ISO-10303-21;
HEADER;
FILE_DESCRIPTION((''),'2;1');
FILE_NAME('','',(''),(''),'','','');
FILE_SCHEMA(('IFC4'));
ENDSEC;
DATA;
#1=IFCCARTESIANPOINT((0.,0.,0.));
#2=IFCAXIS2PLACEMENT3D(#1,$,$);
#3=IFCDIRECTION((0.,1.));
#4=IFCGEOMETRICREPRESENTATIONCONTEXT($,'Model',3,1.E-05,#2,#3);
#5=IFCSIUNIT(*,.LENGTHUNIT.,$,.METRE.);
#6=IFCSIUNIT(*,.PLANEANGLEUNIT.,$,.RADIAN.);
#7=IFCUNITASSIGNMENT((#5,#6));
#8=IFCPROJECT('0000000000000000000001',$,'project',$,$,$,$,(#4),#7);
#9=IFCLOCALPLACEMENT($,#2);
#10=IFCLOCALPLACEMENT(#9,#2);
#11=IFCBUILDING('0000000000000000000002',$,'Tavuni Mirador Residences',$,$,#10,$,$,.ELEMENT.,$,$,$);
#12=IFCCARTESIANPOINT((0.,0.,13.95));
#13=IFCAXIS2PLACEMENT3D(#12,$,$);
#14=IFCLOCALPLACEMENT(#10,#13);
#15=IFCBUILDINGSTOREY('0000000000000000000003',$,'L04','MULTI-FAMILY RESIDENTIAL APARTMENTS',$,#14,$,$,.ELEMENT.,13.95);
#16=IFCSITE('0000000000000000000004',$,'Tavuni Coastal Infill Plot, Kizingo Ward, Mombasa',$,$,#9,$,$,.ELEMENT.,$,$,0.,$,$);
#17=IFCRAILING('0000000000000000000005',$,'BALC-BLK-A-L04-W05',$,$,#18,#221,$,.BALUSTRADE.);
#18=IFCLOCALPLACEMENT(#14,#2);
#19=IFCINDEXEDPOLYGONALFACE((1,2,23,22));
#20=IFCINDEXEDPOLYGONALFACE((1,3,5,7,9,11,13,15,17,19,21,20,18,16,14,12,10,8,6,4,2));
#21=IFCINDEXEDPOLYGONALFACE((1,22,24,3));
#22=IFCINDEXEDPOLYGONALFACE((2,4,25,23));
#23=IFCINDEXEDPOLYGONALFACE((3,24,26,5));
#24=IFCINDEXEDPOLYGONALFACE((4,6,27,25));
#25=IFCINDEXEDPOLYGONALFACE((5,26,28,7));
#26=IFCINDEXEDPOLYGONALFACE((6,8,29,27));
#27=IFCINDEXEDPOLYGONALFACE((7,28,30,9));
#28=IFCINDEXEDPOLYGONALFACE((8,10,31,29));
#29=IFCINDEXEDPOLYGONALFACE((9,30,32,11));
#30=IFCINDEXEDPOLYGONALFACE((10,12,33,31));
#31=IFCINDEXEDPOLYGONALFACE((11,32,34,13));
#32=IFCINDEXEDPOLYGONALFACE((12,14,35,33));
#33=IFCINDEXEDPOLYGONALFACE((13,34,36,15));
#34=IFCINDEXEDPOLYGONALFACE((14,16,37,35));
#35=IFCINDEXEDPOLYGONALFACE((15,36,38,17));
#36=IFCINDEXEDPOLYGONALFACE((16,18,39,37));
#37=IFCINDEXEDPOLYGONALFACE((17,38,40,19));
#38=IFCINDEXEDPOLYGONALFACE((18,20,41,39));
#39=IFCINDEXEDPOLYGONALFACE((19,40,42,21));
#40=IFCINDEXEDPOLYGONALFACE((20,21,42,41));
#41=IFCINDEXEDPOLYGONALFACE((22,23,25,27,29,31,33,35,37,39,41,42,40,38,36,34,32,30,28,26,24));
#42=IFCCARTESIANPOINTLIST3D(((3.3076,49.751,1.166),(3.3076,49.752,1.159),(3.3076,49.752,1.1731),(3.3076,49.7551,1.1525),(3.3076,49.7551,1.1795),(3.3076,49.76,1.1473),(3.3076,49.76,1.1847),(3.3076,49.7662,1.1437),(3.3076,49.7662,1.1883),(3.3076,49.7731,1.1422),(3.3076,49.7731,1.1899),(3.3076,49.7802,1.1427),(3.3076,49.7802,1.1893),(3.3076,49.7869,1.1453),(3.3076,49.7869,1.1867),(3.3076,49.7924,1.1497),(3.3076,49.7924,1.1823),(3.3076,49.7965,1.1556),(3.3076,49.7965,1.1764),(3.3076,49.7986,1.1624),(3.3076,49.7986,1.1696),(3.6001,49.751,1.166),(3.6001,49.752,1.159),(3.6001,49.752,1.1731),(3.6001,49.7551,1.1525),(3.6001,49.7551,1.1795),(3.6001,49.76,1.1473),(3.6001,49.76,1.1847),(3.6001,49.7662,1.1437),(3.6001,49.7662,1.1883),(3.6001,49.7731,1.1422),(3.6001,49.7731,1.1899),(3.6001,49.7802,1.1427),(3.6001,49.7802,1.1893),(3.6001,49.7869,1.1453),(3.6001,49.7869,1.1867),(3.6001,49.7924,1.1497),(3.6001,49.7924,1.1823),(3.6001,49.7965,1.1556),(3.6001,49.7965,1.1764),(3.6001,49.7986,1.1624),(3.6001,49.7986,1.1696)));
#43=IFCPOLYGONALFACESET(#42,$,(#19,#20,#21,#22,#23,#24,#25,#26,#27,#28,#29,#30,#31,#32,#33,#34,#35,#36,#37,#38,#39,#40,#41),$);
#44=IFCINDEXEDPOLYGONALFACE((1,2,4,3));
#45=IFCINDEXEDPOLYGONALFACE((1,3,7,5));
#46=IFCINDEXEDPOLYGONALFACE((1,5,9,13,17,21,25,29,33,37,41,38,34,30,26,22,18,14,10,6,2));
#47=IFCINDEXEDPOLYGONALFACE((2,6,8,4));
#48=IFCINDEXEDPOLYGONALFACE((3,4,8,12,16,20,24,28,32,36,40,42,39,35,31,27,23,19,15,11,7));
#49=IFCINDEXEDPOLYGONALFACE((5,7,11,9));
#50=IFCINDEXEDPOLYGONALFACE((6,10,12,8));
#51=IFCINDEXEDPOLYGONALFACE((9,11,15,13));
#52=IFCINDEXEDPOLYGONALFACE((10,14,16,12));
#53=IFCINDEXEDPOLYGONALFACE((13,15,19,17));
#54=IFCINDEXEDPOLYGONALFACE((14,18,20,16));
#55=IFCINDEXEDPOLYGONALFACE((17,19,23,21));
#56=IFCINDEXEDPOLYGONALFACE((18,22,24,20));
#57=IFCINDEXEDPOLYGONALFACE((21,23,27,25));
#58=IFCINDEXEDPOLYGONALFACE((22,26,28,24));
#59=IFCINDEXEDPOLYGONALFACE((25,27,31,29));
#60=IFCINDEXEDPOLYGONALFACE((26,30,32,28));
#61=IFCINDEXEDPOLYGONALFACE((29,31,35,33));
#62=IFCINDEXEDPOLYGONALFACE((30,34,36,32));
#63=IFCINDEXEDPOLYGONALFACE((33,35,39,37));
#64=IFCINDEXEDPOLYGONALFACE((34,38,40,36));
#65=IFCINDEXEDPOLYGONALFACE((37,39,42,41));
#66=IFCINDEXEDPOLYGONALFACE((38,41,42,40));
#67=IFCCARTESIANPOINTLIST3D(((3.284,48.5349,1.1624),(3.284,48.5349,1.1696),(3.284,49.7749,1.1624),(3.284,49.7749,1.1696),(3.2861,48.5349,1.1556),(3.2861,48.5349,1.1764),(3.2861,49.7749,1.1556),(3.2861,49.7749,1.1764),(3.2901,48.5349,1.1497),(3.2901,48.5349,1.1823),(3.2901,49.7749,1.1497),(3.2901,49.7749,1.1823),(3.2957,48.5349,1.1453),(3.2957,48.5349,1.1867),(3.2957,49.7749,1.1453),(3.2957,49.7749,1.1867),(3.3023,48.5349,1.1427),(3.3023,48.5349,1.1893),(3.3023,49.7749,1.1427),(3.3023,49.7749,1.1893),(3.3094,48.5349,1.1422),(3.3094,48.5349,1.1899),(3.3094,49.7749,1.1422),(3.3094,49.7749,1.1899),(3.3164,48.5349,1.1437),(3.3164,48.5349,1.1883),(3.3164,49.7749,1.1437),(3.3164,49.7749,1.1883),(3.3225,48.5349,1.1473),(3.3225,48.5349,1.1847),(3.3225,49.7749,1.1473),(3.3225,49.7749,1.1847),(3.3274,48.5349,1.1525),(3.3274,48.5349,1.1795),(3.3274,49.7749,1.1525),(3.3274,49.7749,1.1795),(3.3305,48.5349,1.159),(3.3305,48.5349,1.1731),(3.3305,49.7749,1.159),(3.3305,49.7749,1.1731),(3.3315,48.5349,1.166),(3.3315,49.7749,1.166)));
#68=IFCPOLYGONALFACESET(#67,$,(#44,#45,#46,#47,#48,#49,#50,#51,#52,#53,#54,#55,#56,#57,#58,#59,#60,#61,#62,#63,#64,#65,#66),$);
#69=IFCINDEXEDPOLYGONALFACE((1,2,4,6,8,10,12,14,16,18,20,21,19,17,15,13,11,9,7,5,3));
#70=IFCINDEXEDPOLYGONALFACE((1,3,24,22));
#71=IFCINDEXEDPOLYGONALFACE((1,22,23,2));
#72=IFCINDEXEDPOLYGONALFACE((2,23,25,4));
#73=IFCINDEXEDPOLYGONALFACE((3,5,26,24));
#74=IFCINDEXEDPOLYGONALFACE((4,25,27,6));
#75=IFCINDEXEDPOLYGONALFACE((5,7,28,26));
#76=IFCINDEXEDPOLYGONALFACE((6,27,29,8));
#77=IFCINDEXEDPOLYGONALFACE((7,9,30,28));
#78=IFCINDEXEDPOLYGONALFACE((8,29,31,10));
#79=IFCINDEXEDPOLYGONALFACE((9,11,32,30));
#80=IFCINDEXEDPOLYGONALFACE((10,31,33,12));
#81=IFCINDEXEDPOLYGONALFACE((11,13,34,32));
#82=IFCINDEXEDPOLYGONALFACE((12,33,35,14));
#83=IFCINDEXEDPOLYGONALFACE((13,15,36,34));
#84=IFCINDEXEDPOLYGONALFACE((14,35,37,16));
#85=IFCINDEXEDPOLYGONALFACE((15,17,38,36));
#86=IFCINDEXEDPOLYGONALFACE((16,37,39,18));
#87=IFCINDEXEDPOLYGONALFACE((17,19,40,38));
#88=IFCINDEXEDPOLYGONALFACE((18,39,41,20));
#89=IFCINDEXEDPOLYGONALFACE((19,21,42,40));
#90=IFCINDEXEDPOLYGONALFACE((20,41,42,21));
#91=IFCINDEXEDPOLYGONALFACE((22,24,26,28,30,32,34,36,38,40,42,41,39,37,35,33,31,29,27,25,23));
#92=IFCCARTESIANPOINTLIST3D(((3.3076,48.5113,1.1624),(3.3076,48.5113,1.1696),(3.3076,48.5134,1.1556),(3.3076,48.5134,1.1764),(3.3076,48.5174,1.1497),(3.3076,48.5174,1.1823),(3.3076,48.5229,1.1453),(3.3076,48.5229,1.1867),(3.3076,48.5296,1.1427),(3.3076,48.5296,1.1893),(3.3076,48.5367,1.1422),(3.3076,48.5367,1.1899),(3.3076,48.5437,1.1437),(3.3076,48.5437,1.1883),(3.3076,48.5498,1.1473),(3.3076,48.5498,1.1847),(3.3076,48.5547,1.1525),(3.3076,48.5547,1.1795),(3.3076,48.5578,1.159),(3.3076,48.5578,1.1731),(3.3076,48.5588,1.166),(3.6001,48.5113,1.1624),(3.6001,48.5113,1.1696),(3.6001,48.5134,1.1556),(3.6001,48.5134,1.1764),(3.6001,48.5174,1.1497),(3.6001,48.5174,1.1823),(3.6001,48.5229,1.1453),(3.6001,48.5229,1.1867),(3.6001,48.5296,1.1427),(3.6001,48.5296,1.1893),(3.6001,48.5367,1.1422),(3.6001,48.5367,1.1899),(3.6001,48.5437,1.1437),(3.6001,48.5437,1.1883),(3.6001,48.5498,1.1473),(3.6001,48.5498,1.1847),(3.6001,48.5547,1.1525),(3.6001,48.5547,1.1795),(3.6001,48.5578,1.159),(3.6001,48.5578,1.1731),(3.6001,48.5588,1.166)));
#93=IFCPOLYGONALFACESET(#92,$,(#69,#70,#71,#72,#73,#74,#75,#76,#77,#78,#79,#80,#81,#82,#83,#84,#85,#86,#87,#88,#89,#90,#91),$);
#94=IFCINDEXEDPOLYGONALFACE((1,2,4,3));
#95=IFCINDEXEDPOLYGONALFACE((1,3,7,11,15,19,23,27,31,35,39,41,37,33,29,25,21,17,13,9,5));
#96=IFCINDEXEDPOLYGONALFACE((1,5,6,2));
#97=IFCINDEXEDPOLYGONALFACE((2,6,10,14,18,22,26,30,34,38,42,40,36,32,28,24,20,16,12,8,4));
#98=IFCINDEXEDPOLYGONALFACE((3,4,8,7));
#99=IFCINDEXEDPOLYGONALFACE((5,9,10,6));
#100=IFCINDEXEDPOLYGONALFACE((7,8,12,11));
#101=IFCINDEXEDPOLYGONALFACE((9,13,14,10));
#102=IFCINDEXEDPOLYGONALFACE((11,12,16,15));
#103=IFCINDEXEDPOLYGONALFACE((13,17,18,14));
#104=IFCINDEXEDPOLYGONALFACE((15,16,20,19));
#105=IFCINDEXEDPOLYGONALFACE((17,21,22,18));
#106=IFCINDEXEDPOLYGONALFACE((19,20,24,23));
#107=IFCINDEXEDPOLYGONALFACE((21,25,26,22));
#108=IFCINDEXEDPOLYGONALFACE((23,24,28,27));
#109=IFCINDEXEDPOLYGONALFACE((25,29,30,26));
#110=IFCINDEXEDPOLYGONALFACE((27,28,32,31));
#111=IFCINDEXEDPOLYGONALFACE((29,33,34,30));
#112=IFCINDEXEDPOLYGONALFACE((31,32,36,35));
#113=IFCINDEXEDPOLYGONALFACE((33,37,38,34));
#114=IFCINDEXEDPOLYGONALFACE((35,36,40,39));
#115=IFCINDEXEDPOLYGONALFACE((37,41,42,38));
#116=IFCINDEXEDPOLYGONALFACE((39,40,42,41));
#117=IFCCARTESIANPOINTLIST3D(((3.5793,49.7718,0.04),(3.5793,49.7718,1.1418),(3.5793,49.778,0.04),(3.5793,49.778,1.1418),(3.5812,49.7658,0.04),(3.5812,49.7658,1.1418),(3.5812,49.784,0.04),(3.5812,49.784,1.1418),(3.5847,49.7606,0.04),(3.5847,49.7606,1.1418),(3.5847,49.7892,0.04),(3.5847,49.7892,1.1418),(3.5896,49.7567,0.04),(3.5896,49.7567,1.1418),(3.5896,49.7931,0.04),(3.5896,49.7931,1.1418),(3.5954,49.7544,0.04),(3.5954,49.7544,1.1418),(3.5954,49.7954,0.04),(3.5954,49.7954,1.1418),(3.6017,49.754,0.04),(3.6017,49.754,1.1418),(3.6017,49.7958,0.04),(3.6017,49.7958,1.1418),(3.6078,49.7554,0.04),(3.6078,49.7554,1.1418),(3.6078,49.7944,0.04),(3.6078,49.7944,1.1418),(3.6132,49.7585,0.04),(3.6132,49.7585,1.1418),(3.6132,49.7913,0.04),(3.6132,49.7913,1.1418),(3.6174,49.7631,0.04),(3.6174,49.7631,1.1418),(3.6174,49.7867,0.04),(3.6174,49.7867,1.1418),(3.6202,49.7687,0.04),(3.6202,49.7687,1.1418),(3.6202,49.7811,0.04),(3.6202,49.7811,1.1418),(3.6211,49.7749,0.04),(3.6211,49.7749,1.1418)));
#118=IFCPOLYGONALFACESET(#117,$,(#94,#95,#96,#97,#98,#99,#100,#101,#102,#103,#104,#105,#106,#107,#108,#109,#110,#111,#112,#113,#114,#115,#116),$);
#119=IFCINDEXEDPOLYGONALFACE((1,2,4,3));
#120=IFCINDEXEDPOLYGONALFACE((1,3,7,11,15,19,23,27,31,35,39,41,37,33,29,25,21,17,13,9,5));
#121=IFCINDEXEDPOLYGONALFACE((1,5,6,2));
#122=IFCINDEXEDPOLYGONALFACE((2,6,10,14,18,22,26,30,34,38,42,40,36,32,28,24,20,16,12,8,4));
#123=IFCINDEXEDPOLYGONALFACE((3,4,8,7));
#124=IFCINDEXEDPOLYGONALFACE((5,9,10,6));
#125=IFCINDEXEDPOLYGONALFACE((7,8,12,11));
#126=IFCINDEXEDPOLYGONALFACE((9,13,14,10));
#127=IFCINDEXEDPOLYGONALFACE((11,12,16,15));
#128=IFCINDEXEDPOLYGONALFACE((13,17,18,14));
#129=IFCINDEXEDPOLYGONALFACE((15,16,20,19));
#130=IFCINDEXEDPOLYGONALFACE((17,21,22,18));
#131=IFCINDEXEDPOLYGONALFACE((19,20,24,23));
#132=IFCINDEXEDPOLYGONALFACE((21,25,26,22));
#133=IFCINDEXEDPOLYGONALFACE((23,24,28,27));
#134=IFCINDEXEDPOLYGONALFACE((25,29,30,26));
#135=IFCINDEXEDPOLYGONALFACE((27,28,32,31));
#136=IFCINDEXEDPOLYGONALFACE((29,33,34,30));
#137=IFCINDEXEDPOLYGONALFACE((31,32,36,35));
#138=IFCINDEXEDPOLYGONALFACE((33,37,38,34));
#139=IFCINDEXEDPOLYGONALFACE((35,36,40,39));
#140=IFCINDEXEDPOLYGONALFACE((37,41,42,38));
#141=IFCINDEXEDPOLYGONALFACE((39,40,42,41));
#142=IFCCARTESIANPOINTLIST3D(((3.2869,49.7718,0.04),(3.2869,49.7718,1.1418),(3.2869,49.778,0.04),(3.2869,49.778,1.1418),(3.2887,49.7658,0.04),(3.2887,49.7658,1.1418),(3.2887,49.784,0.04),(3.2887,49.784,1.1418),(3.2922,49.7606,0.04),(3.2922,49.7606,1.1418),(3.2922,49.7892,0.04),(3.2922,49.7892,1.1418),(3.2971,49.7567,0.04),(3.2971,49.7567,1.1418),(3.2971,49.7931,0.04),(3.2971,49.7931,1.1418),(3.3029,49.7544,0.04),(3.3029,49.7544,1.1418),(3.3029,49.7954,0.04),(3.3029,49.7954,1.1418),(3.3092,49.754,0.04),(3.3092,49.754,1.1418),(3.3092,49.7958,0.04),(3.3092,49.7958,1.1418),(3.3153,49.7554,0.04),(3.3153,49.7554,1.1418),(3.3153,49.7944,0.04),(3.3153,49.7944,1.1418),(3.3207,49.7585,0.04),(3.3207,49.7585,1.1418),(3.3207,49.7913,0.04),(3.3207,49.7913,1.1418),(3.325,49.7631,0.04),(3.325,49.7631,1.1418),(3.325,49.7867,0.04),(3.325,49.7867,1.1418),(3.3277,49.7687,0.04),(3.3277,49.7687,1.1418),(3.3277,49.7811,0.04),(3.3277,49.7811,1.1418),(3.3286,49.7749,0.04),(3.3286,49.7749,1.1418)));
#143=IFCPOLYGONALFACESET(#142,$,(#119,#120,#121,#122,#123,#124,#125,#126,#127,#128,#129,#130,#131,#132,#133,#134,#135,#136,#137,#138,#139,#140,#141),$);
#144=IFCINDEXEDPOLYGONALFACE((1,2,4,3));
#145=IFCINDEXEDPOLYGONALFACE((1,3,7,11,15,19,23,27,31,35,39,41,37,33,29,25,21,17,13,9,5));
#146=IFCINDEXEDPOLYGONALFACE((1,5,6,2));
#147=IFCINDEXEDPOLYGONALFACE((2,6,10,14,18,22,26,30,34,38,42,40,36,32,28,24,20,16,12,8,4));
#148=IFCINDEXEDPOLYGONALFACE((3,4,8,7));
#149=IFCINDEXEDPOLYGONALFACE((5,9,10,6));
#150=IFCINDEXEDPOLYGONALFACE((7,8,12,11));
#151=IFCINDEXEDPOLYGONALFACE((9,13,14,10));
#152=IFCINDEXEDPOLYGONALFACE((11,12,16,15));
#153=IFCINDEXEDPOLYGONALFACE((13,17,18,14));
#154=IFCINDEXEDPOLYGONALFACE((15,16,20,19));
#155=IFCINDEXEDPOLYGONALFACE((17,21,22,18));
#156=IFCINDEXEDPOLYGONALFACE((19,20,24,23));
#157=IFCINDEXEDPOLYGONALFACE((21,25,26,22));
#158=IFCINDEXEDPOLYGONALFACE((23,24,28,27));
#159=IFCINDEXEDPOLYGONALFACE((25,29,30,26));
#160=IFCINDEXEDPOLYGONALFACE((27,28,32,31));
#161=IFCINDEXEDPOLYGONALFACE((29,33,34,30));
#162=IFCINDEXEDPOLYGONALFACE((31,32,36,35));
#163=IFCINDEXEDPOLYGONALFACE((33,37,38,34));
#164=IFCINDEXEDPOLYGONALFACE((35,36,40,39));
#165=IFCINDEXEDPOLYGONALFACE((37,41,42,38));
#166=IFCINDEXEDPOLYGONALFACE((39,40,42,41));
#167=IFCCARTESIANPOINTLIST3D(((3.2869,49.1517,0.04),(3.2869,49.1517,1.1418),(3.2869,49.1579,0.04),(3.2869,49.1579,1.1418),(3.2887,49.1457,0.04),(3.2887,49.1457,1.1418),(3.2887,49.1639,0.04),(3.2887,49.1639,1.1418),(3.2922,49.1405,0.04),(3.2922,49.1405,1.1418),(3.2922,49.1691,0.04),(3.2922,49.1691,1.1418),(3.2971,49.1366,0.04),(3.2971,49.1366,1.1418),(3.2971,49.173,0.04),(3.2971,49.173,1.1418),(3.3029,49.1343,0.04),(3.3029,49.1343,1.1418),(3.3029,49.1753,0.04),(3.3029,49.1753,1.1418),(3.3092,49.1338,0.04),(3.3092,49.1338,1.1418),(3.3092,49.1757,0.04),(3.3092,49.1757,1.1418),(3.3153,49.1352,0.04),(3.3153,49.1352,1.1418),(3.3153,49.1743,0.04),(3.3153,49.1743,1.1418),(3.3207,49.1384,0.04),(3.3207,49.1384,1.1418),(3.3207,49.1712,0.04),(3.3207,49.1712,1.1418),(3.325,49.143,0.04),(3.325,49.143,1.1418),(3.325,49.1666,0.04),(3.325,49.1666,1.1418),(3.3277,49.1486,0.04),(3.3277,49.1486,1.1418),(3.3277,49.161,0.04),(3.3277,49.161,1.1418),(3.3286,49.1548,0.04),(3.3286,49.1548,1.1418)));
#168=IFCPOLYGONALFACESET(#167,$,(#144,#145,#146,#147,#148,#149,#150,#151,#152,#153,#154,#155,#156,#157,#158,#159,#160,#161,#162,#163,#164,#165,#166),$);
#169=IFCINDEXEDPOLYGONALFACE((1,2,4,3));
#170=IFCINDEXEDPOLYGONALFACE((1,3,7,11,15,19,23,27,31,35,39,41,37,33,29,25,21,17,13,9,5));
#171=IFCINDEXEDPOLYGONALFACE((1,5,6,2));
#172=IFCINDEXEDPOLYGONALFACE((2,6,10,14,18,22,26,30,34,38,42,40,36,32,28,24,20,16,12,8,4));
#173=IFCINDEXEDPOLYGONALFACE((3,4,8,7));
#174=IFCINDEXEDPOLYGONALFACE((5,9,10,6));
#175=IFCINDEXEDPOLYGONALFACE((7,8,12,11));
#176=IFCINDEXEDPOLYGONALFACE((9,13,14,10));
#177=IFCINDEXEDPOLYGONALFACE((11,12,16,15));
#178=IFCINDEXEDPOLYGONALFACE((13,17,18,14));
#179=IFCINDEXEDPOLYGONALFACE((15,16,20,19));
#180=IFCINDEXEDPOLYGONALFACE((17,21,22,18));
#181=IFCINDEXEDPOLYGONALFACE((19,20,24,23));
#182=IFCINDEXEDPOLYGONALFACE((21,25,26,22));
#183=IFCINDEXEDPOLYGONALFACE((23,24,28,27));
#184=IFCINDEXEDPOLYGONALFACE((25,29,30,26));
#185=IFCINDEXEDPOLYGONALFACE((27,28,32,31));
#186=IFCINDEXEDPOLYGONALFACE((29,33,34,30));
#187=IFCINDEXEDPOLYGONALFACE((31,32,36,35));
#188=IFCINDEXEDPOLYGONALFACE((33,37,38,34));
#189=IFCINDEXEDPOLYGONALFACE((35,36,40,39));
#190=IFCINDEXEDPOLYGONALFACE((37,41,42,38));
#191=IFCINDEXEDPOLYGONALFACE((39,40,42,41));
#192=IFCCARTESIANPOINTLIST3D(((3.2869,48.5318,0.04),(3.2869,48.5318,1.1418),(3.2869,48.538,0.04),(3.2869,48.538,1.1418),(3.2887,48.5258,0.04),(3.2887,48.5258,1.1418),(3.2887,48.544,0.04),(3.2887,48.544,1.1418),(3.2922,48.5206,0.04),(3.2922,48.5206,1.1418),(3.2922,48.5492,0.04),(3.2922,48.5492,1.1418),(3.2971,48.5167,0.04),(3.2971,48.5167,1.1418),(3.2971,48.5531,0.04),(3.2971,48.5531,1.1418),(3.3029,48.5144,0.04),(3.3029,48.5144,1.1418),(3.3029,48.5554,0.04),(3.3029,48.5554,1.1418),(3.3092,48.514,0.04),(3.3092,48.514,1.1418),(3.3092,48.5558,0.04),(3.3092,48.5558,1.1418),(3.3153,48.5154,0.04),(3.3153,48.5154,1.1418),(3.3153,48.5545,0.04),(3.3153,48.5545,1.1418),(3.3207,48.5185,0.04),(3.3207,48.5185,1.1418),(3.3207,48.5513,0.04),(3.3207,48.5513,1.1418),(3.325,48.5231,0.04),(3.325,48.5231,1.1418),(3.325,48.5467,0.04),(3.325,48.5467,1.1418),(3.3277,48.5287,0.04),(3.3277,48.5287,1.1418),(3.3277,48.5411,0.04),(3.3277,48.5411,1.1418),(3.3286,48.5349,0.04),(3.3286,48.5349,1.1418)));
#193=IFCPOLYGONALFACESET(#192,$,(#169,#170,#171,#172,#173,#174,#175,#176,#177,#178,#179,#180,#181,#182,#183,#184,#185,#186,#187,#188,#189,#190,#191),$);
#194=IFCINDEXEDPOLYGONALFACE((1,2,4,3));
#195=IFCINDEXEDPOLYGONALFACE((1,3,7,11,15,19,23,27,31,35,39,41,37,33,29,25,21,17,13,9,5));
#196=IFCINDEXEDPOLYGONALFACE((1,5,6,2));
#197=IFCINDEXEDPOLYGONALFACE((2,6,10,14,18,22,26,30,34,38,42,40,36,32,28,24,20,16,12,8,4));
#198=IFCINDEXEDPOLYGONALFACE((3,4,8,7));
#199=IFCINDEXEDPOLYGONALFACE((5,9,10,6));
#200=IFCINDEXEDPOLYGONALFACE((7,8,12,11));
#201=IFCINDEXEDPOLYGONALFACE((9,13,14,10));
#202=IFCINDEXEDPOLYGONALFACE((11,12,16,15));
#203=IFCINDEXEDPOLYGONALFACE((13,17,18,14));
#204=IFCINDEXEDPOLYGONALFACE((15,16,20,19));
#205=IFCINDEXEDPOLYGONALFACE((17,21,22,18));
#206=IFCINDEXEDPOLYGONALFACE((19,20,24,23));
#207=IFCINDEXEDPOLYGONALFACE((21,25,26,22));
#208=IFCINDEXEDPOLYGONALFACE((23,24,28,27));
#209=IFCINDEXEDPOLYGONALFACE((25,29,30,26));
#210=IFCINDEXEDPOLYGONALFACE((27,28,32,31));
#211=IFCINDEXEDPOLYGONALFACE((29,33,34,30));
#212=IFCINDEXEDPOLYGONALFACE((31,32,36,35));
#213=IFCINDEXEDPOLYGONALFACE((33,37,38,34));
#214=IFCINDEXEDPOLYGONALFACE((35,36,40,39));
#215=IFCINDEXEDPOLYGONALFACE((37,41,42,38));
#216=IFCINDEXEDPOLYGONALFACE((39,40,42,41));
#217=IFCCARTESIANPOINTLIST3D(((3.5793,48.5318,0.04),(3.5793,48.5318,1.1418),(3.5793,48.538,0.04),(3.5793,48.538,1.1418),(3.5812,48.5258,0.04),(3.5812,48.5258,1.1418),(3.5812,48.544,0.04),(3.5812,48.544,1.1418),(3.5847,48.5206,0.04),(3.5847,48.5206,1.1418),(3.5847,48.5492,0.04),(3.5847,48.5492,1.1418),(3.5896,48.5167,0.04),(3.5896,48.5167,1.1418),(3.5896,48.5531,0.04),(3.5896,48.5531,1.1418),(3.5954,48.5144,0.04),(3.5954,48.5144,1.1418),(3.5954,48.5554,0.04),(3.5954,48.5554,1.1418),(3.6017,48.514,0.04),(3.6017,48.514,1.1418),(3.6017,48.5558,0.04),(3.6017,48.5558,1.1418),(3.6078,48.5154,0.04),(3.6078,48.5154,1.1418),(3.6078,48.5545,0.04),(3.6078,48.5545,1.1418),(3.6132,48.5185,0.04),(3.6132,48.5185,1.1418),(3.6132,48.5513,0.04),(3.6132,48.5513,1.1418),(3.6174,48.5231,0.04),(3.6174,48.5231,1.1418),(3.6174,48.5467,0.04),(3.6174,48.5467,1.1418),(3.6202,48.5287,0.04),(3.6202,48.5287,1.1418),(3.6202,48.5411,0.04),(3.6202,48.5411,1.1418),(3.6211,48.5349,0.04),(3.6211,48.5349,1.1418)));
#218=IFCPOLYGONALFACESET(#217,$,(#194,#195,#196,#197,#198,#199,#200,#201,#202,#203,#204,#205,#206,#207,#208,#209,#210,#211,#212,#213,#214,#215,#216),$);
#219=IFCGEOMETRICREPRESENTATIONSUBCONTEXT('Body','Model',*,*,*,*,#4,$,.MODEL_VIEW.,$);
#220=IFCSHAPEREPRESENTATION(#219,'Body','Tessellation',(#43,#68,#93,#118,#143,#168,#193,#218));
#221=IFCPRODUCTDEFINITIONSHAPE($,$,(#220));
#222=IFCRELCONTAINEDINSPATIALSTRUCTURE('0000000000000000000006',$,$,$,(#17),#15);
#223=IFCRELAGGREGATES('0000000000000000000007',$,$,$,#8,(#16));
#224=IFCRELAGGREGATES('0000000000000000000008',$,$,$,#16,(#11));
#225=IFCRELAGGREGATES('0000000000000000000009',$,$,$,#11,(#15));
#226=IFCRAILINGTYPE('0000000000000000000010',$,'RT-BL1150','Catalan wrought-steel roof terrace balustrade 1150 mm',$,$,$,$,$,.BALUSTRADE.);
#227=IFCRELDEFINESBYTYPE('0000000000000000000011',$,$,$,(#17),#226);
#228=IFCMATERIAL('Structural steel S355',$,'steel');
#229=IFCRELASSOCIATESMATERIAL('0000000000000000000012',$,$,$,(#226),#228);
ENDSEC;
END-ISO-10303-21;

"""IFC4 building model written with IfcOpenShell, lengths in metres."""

from ifc_helpers import new_model, si_unit, direction, frame, origin, origin_2d, place, context, subcontext, project, spatial, circle, extrude, material, type_object, element, save


model = new_model("IFC4")

# Units and contexts
model_context = context("Model", 3, precision=1e-05, world=origin(), true_north=direction((0.0, 1.0)))
body_context = subcontext(model_context, "Body", "Model", "MODEL_VIEW")
ifc_project = project(units=[si_unit("LENGTHUNIT", "METRE"), si_unit("PLANEANGLEUNIT", "RADIAN")], contexts=[model_context])

# Site, building, storey
site_placement = place(None, origin())
site = spatial("IfcSite", under=ifc_project, at=site_placement, Name="Tavuni Coastal Infill Plot, Kizingo Ward, Mombasa", CompositionType="ELEMENT", RefElevation=0.0)
building_placement = place(site_placement, origin())
building = spatial("IfcBuilding", under=site, at=building_placement, Name="Tavuni Mirador Residences", CompositionType="ELEMENT")
storey_placement = place(building_placement, frame((0.0, 0.0, 13.95)))
storey = spatial("IfcBuildingStorey", under=building, at=storey_placement, Name="L04", Description="MULTI-FAMILY RESIDENTIAL APARTMENTS", CompositionType="ELEMENT", Elevation=13.95)

# Railing
ifc_material_1 = material(Name="Structural steel S355", Category="steel")
railing_type = type_object("IfcRailingType", Name="RT-BL1150", Description="Catalan wrought-steel roof terrace balustrade 1150 mm", PredefinedType="BALUSTRADE", material=ifc_material_1)
railing_placement = place(storey_placement, frame((3.6001, 49.7749, 0.04)))
element("IfcRailing", 1, at=railing_placement, inside=storey, type_object=railing_type, Name="BALC-BLK-A-L04-W05", PredefinedType="BALUSTRADE", context=body_context, shape_type="SweptSolid", body=[
    extrude(circle(Radius=0.0239, at=origin_2d()), frame((0.0, 0.0, 1.126), z_axis=(-1.0, 0.0, 0.0), x_axis=(0.0, -1.0, 0.0)), (0.0, 0.0, 1.0), 0.2925),
    extrude(circle(Radius=0.0239, at=origin_2d()), frame((-0.2925, 0.0, 1.126), z_axis=(0.0, -1.0, 0.0), x_axis=(1.0, 0.0, 0.0)), (0.0, 0.0, 1.0), 1.24),
    extrude(circle(Radius=0.0239, at=origin_2d()), frame((-0.2925, -1.24, 1.126), z_axis=(1.0, 0.0, 0.0), x_axis=(0.0, 1.0, 0.0)), (0.0, 0.0, 1.0), 0.2925),
    extrude(circle(Radius=0.021, at=origin_2d()), origin(), (0.0, 0.0, 1.0), 1.1018),
    extrude(circle(Radius=0.021, at=origin_2d()), frame((-0.2925, 0.0, 0.0)), (0.0, 0.0, 1.0), 1.1018),
    extrude(circle(Radius=0.021, at=origin_2d()), frame((-0.2925, -0.6201, 0.0)), (0.0, 0.0, 1.0), 1.1018),
    extrude(circle(Radius=0.021, at=origin_2d()), frame((-0.2925, -1.24, 0.0)), (0.0, 0.0, 1.0), 1.1018),
    extrude(circle(Radius=0.021, at=origin_2d()), frame((0.0, -1.24, 0.0)), (0.0, 0.0, 1.0), 1.1018),
])

save(model, "model.ifc")
